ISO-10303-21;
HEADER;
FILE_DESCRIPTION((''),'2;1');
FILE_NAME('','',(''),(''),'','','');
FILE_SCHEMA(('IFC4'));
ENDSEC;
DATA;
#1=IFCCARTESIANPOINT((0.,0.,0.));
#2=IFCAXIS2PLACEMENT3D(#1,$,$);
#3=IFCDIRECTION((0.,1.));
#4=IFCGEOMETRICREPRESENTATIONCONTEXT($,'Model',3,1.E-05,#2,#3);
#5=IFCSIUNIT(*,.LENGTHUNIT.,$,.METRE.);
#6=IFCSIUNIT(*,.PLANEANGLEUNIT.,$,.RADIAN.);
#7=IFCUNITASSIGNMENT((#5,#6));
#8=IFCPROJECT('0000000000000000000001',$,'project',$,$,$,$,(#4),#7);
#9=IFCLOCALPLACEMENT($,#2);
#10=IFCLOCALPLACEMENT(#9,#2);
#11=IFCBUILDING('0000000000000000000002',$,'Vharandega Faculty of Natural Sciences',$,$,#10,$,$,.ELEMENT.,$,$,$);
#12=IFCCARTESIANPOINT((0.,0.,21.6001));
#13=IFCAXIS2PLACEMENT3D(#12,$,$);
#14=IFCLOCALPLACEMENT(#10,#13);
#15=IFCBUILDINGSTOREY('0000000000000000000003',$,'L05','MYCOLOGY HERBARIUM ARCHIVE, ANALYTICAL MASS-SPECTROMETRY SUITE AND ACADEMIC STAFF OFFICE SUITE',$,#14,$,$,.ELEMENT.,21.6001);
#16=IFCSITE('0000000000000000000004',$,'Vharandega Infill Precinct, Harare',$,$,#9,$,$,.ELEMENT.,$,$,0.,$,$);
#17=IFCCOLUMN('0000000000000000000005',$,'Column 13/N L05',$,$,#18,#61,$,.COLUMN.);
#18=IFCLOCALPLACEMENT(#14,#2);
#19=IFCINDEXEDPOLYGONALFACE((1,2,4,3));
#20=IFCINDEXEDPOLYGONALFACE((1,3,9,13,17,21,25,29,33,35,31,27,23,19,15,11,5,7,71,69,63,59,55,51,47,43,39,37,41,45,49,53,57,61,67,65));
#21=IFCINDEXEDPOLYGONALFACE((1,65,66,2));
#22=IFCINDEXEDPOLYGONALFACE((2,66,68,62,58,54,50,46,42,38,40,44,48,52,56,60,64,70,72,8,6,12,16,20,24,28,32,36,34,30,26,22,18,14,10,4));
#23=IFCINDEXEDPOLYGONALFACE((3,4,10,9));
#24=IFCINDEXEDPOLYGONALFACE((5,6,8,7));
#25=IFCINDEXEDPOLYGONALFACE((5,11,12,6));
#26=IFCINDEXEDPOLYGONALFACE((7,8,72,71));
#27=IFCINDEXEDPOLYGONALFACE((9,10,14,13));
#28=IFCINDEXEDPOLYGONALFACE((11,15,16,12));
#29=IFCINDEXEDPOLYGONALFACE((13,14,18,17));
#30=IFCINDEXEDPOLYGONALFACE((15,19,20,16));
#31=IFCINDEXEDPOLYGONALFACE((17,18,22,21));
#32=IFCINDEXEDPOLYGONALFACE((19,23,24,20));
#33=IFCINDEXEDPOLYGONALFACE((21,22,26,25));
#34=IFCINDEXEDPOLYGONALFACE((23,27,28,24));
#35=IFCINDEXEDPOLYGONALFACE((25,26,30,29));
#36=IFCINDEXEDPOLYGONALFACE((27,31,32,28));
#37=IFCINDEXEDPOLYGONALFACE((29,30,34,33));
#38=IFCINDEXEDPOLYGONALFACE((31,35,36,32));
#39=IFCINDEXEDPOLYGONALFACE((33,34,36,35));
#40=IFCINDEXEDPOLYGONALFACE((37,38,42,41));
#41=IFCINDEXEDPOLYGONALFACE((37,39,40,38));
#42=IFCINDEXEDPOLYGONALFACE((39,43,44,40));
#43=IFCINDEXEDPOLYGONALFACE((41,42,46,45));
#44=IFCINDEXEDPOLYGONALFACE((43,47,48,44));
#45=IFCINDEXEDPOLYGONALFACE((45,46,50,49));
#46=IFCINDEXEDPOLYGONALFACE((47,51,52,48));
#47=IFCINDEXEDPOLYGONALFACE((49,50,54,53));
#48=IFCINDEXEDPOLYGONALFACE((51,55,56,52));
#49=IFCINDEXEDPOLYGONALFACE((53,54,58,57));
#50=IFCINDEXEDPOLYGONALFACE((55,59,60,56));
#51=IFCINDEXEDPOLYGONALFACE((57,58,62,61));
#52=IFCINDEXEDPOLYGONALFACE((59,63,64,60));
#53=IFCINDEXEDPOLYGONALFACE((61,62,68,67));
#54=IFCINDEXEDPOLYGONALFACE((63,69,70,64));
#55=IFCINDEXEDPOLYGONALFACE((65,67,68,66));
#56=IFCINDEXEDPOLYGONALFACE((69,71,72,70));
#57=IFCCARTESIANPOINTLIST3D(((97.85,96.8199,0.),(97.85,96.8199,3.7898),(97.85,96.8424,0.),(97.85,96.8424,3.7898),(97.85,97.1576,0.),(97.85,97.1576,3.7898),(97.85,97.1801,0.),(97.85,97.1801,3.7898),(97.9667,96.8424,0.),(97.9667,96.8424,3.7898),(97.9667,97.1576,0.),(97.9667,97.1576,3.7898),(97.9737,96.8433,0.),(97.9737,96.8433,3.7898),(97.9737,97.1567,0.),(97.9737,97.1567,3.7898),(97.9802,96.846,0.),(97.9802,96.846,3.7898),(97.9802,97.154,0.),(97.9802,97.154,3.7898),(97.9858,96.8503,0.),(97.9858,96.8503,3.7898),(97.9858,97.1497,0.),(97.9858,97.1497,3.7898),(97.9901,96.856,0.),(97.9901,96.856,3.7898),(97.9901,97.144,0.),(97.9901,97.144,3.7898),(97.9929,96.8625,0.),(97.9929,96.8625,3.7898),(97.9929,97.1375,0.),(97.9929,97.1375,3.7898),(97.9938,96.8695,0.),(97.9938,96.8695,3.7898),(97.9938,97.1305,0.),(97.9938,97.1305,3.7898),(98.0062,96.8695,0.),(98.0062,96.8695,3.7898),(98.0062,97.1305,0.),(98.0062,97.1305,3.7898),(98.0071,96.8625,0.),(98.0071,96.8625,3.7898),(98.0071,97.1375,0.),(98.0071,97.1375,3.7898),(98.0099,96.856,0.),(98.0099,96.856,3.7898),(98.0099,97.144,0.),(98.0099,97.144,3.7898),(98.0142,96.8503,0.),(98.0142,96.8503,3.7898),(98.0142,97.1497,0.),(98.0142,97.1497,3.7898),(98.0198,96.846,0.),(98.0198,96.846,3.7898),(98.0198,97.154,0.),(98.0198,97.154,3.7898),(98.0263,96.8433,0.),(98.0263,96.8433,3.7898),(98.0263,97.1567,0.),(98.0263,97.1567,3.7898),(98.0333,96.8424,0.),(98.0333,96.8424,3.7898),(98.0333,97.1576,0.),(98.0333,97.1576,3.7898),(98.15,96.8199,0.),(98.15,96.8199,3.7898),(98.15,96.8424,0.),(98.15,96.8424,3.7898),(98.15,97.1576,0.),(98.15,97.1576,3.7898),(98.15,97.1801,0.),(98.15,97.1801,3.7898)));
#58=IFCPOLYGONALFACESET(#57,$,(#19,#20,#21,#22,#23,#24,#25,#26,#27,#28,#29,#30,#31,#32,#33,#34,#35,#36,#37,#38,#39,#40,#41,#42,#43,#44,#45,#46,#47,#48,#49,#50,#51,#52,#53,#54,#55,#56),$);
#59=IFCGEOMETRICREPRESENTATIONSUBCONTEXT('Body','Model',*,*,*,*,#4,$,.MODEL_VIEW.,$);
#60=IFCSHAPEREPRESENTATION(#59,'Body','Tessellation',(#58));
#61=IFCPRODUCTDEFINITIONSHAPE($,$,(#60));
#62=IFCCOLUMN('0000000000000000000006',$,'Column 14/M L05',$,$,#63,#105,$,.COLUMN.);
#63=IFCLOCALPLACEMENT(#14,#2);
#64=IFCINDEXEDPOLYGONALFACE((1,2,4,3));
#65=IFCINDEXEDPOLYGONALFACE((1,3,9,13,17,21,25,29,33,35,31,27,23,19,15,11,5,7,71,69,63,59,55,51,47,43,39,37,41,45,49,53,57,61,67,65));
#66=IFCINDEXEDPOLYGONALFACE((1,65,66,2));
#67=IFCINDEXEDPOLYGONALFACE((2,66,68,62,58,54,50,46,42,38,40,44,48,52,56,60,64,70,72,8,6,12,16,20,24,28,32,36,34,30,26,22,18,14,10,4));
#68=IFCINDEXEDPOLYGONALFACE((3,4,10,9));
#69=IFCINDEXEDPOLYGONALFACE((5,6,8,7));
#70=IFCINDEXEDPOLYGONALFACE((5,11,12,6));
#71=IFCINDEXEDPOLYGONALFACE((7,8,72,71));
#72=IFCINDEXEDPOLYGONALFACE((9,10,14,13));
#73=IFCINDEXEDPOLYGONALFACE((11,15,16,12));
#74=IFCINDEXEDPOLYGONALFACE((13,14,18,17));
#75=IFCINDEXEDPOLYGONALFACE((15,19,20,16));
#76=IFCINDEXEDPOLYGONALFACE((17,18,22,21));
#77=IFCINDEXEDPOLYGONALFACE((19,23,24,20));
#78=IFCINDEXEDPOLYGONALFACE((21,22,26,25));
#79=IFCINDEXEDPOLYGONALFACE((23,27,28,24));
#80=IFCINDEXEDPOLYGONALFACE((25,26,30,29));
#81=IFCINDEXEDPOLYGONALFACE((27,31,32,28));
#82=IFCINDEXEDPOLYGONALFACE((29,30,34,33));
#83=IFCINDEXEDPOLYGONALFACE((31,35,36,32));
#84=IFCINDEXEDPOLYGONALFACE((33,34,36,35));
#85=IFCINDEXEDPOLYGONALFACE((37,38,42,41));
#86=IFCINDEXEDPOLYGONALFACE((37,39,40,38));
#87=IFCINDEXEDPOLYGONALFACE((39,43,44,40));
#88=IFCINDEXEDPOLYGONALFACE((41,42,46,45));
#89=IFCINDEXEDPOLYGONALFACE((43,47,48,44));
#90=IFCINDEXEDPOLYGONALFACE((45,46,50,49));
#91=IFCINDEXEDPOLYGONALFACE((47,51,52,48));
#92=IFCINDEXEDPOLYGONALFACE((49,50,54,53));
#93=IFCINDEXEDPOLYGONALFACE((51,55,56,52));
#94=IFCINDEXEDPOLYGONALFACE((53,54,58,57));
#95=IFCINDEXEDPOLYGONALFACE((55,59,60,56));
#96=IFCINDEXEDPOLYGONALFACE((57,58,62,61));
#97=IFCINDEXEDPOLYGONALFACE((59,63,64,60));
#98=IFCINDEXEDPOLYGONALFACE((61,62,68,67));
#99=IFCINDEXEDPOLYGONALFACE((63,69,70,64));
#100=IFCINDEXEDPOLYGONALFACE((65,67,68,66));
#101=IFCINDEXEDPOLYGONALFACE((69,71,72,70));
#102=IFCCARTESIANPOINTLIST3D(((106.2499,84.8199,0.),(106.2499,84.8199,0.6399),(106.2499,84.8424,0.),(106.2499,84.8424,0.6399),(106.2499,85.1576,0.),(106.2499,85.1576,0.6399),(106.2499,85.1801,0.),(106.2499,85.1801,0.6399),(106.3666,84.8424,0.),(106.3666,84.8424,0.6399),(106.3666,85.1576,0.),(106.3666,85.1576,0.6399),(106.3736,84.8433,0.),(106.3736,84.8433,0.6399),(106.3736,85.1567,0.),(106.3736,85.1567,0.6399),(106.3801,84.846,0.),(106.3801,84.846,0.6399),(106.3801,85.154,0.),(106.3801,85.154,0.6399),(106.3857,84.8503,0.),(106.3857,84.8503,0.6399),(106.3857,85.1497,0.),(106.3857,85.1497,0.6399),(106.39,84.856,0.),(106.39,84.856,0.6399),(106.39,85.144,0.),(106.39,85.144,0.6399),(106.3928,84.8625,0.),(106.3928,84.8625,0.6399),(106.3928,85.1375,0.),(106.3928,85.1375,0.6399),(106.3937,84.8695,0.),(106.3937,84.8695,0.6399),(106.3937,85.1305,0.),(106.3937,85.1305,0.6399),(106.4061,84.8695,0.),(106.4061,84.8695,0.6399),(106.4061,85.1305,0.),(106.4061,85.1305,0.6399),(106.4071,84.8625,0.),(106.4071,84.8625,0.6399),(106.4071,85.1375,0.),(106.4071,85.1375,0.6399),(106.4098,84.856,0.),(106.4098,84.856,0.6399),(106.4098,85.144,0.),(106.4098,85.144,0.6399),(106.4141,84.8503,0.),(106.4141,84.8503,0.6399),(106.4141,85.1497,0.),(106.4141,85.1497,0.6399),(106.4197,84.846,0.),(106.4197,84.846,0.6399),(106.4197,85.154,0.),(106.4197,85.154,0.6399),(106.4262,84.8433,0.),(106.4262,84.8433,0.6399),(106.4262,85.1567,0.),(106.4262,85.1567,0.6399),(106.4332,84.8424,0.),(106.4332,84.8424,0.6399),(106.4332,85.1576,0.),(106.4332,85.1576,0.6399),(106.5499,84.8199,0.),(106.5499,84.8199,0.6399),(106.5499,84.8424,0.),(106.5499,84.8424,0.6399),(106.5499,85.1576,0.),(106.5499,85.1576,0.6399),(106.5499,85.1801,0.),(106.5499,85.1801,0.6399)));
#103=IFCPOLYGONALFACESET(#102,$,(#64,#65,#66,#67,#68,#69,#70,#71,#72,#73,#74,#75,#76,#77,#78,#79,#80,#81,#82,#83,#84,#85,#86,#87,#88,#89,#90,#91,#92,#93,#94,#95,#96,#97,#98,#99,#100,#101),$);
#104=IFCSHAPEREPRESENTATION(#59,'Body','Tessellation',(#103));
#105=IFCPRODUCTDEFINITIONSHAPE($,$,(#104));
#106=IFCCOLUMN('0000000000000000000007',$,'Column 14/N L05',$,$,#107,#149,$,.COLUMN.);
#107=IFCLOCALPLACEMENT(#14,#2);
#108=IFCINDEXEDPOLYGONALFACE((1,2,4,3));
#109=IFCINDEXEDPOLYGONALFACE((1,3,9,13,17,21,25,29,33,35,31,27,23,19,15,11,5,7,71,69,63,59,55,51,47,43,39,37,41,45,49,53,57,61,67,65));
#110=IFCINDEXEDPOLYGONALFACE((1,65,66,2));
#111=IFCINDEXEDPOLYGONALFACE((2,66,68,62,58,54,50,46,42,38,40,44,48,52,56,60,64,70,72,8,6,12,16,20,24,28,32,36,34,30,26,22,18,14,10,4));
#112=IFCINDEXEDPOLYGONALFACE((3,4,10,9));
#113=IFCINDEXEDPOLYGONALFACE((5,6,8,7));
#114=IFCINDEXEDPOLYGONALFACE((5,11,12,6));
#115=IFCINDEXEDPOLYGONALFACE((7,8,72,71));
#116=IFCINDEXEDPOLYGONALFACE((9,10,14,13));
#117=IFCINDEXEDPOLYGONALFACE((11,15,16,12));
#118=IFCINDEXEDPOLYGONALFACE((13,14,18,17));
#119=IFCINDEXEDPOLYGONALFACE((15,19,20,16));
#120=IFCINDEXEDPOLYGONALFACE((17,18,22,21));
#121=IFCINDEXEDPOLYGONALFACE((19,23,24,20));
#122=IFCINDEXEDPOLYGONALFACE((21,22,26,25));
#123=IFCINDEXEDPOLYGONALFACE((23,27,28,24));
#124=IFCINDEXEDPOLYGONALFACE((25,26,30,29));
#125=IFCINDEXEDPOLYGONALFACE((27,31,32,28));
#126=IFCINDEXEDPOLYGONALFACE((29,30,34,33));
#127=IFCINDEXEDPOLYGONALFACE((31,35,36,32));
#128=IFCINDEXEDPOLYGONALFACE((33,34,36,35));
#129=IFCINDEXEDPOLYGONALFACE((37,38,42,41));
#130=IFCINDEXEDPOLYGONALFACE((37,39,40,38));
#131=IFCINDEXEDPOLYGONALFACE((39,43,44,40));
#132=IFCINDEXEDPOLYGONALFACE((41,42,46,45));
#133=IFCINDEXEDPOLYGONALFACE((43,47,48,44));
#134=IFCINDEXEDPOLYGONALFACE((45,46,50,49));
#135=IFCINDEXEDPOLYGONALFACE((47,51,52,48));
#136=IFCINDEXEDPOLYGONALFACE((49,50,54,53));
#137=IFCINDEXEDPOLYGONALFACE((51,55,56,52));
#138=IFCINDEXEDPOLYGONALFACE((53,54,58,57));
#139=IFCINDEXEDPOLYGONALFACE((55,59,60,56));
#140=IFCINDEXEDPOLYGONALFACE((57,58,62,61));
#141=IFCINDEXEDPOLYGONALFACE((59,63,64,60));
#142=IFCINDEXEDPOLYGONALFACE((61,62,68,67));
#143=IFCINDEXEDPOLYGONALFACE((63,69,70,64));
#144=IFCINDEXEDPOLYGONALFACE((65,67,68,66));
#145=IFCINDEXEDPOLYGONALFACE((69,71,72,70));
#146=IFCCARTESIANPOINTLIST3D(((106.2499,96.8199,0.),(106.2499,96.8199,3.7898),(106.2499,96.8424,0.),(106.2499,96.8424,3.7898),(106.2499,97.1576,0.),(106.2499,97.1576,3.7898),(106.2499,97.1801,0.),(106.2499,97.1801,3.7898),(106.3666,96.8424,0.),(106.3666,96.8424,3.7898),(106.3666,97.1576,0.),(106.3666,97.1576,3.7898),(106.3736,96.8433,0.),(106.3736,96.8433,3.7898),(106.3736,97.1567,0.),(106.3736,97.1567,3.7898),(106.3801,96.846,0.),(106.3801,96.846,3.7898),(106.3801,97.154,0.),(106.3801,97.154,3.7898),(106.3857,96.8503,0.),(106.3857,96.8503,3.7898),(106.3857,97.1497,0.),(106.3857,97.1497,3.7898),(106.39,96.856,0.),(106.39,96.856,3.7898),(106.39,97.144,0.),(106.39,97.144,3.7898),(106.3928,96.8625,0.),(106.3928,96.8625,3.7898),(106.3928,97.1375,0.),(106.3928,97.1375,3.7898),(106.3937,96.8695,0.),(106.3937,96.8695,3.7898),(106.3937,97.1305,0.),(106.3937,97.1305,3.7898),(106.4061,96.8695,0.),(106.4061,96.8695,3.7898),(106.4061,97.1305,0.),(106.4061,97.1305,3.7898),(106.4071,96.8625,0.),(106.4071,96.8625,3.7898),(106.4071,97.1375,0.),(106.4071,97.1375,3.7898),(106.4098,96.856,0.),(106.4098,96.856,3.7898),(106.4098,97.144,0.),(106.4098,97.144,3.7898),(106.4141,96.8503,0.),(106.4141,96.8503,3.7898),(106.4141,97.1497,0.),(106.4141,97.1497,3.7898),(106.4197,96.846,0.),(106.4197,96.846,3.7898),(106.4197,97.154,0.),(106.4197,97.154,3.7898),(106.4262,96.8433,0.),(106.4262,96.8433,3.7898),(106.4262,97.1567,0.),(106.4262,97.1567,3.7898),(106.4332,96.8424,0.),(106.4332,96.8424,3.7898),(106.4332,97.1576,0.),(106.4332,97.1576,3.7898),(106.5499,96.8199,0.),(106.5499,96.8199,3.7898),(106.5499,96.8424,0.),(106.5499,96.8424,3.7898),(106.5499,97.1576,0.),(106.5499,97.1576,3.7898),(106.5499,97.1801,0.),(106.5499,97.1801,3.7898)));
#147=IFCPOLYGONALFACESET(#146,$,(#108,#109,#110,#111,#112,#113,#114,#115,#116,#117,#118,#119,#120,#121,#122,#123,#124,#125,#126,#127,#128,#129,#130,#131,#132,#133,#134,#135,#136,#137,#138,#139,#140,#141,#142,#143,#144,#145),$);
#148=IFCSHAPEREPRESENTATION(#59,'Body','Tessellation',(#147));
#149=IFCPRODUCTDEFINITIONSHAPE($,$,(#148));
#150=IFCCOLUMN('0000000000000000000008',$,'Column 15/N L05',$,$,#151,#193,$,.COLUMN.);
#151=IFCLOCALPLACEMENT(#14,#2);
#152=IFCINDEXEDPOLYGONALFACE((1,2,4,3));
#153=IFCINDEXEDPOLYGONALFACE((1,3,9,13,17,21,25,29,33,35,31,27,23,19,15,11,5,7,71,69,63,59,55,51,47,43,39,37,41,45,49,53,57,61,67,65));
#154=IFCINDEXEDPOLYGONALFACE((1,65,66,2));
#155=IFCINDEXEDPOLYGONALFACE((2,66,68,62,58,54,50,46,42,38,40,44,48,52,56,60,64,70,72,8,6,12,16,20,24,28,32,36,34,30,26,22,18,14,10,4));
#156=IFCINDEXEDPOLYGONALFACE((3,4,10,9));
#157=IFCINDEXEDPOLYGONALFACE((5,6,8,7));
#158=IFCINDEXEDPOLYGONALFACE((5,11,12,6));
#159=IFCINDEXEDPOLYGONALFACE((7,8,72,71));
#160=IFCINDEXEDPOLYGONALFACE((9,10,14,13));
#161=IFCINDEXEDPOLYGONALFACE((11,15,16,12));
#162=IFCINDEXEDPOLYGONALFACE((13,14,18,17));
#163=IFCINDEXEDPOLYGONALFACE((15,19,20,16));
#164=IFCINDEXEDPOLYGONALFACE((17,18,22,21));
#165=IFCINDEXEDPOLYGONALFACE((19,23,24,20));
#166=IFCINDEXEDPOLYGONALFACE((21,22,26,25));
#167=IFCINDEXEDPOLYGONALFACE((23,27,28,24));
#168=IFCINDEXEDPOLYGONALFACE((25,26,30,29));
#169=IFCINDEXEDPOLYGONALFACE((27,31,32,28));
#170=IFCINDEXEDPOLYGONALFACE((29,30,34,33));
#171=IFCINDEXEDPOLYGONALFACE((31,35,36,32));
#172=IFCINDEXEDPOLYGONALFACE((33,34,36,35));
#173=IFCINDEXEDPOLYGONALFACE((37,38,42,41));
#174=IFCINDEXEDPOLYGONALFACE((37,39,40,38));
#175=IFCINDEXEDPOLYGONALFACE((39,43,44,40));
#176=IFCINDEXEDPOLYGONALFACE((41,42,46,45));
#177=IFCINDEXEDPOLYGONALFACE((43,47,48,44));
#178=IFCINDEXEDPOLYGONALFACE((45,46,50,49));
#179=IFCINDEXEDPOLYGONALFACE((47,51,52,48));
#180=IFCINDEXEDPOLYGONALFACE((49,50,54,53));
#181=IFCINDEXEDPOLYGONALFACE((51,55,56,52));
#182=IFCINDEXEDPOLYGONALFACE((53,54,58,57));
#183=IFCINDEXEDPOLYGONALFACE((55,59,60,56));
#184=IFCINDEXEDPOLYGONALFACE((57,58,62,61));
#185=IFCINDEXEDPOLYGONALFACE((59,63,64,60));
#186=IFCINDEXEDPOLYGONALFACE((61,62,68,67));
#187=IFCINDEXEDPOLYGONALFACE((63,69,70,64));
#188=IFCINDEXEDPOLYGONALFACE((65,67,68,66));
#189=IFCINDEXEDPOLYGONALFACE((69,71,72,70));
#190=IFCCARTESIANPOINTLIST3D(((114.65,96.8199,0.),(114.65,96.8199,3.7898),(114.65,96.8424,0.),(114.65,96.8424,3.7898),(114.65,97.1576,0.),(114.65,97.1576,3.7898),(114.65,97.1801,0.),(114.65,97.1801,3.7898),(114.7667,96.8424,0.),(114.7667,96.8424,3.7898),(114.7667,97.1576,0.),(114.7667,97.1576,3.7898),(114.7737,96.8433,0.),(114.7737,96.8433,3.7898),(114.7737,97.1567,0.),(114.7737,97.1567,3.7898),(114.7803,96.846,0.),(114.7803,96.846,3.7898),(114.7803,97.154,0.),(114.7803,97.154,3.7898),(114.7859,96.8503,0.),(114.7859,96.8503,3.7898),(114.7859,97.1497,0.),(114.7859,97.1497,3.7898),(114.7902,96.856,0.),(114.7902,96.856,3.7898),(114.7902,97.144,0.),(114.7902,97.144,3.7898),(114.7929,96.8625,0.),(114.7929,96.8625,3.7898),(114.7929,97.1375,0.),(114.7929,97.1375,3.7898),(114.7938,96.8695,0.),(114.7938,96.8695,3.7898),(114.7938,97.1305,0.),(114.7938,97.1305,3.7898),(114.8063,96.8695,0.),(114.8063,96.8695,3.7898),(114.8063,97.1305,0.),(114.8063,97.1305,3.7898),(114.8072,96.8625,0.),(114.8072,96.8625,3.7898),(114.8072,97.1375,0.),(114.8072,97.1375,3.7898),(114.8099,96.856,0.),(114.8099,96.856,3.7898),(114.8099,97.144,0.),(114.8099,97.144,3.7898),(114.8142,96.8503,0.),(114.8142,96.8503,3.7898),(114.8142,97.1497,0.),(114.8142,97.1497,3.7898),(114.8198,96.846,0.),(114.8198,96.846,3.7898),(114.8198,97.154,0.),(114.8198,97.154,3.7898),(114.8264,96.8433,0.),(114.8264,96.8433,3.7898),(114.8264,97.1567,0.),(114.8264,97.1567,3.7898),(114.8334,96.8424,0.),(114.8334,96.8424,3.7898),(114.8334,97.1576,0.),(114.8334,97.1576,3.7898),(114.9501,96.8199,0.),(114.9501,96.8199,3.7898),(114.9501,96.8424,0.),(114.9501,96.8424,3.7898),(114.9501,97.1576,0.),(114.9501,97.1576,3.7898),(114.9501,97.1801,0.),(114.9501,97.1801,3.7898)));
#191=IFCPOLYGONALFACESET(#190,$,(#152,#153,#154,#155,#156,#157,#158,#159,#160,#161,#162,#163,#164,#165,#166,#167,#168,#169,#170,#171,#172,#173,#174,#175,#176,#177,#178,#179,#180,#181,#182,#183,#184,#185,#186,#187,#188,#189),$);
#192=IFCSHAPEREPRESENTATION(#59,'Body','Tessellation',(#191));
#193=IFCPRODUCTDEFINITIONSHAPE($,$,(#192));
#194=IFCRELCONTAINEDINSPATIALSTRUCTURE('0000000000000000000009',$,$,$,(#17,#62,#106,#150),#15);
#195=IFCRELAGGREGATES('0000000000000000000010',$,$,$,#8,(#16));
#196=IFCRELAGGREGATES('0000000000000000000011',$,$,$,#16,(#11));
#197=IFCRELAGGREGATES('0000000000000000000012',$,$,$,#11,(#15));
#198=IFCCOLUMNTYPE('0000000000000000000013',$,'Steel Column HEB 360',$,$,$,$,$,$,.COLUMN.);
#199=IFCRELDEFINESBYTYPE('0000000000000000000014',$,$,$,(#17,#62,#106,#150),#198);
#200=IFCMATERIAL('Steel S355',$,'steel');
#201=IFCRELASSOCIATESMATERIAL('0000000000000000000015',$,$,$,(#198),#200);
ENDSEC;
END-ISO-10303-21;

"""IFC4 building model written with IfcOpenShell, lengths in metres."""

from ifc_helpers import new_model, si_unit, direction, frame, origin, origin_2d, place, context, subcontext, project, spatial, i_section, extrude, material, material_profile, profile_set, type_object, element, save


model = new_model("IFC4")

# Units and contexts
model_context = context("Model", 3, precision=1e-05, world=origin(), true_north=direction((0.0, 1.0)))
body_context = subcontext(model_context, "Body", "Model", "MODEL_VIEW")
ifc_project = project(units=[si_unit("LENGTHUNIT", "METRE"), si_unit("PLANEANGLEUNIT", "RADIAN")], contexts=[model_context])

# Site, building, storey
site_placement = place(None, origin())
site = spatial("IfcSite", under=ifc_project, at=site_placement, Name="Vharandega Infill Precinct, Harare", CompositionType="ELEMENT", RefElevation=0.0)
building_placement = place(site_placement, origin())
building = spatial("IfcBuilding", under=site, at=building_placement, Name="Vharandega Faculty of Natural Sciences", CompositionType="ELEMENT")
storey_placement = place(building_placement, frame((0.0, 0.0, 21.6001)))
storey = spatial("IfcBuildingStorey", under=building, at=storey_placement, Name="L05", Description="MYCOLOGY HERBARIUM ARCHIVE, ANALYTICAL MASS-SPECTROMETRY SUITE AND ACADEMIC STAFF OFFICE SUITE", CompositionType="ELEMENT", Elevation=21.6001)

# Columns
ifc_material_1 = material(Name="Steel S355", Category="steel")
ifc_material_profile_1 = material_profile(ifc_material_1, i_section(OverallWidth=0.3, OverallDepth=0.3601, WebThickness=0.0125, FlangeThickness=0.0225, FilletRadius=0.0271, at=origin_2d()), Name="HEB 360")
ifc_profile_set_1 = profile_set([ifc_material_profile_1], Name="Steel S355")
column_type_1 = type_object("IfcColumnType", Name="Steel Column HEB 360", PredefinedType="COLUMN", material=ifc_profile_set_1)
column_1_placement = place(storey_placement, frame((98.0, 97.0, 0.0), z_axis=(0.0, 0.0, 1.0), x_axis=(1.0, 0.0, 0.0)))
element("IfcColumn", 1, at=column_1_placement, inside=storey, type_object=column_type_1, Name="Column 13/N L05", PredefinedType="COLUMN", context=body_context, shape_type="SweptSolid", body=[
    extrude(i_section(OverallWidth=0.3, OverallDepth=0.3601, WebThickness=0.0125, FlangeThickness=0.0225, FilletRadius=0.0271, at=origin_2d()), origin(), (0.0, 0.0, 1.0), 3.7898),
])
column_2_placement = place(storey_placement, frame((106.3999, 85.0, 0.0), z_axis=(0.0, 0.0, 1.0), x_axis=(1.0, 0.0, 0.0)))
element("IfcColumn", 2, at=column_2_placement, inside=storey, type_object=column_type_1, Name="Column 14/M L05", PredefinedType="COLUMN", context=body_context, shape_type="SweptSolid", body=[
    extrude(i_section(OverallWidth=0.3, OverallDepth=0.3601, WebThickness=0.0125, FlangeThickness=0.0225, FilletRadius=0.0271, at=origin_2d()), origin(), (0.0, 0.0, 1.0), 0.6399),
])
for number, where, z_axis, x_axis, name in (
    (3, (106.3999, 97.0, 0.0), (0.0, 0.0, 1.0), (1.0, 0.0, 0.0), "Column 14/N L05"),
    (4, (114.8, 97.0, 0.0), (0.0, 0.0, 1.0), (1.0, 0.0, 0.0), "Column 15/N L05"),
):
    element("IfcColumn", number, at=place(storey_placement, frame(where, z_axis=z_axis, x_axis=x_axis)), inside=storey, type_object=column_type_1, Name=name, PredefinedType="COLUMN", context=body_context, shape_type="SweptSolid", body=[
        extrude(i_section(OverallWidth=0.3, OverallDepth=0.3601, WebThickness=0.0125, FlangeThickness=0.0225, FilletRadius=0.0271, at=origin_2d()), origin(), (0.0, 0.0, 1.0), 3.7898),
    ])

save(model, "model.ifc")
